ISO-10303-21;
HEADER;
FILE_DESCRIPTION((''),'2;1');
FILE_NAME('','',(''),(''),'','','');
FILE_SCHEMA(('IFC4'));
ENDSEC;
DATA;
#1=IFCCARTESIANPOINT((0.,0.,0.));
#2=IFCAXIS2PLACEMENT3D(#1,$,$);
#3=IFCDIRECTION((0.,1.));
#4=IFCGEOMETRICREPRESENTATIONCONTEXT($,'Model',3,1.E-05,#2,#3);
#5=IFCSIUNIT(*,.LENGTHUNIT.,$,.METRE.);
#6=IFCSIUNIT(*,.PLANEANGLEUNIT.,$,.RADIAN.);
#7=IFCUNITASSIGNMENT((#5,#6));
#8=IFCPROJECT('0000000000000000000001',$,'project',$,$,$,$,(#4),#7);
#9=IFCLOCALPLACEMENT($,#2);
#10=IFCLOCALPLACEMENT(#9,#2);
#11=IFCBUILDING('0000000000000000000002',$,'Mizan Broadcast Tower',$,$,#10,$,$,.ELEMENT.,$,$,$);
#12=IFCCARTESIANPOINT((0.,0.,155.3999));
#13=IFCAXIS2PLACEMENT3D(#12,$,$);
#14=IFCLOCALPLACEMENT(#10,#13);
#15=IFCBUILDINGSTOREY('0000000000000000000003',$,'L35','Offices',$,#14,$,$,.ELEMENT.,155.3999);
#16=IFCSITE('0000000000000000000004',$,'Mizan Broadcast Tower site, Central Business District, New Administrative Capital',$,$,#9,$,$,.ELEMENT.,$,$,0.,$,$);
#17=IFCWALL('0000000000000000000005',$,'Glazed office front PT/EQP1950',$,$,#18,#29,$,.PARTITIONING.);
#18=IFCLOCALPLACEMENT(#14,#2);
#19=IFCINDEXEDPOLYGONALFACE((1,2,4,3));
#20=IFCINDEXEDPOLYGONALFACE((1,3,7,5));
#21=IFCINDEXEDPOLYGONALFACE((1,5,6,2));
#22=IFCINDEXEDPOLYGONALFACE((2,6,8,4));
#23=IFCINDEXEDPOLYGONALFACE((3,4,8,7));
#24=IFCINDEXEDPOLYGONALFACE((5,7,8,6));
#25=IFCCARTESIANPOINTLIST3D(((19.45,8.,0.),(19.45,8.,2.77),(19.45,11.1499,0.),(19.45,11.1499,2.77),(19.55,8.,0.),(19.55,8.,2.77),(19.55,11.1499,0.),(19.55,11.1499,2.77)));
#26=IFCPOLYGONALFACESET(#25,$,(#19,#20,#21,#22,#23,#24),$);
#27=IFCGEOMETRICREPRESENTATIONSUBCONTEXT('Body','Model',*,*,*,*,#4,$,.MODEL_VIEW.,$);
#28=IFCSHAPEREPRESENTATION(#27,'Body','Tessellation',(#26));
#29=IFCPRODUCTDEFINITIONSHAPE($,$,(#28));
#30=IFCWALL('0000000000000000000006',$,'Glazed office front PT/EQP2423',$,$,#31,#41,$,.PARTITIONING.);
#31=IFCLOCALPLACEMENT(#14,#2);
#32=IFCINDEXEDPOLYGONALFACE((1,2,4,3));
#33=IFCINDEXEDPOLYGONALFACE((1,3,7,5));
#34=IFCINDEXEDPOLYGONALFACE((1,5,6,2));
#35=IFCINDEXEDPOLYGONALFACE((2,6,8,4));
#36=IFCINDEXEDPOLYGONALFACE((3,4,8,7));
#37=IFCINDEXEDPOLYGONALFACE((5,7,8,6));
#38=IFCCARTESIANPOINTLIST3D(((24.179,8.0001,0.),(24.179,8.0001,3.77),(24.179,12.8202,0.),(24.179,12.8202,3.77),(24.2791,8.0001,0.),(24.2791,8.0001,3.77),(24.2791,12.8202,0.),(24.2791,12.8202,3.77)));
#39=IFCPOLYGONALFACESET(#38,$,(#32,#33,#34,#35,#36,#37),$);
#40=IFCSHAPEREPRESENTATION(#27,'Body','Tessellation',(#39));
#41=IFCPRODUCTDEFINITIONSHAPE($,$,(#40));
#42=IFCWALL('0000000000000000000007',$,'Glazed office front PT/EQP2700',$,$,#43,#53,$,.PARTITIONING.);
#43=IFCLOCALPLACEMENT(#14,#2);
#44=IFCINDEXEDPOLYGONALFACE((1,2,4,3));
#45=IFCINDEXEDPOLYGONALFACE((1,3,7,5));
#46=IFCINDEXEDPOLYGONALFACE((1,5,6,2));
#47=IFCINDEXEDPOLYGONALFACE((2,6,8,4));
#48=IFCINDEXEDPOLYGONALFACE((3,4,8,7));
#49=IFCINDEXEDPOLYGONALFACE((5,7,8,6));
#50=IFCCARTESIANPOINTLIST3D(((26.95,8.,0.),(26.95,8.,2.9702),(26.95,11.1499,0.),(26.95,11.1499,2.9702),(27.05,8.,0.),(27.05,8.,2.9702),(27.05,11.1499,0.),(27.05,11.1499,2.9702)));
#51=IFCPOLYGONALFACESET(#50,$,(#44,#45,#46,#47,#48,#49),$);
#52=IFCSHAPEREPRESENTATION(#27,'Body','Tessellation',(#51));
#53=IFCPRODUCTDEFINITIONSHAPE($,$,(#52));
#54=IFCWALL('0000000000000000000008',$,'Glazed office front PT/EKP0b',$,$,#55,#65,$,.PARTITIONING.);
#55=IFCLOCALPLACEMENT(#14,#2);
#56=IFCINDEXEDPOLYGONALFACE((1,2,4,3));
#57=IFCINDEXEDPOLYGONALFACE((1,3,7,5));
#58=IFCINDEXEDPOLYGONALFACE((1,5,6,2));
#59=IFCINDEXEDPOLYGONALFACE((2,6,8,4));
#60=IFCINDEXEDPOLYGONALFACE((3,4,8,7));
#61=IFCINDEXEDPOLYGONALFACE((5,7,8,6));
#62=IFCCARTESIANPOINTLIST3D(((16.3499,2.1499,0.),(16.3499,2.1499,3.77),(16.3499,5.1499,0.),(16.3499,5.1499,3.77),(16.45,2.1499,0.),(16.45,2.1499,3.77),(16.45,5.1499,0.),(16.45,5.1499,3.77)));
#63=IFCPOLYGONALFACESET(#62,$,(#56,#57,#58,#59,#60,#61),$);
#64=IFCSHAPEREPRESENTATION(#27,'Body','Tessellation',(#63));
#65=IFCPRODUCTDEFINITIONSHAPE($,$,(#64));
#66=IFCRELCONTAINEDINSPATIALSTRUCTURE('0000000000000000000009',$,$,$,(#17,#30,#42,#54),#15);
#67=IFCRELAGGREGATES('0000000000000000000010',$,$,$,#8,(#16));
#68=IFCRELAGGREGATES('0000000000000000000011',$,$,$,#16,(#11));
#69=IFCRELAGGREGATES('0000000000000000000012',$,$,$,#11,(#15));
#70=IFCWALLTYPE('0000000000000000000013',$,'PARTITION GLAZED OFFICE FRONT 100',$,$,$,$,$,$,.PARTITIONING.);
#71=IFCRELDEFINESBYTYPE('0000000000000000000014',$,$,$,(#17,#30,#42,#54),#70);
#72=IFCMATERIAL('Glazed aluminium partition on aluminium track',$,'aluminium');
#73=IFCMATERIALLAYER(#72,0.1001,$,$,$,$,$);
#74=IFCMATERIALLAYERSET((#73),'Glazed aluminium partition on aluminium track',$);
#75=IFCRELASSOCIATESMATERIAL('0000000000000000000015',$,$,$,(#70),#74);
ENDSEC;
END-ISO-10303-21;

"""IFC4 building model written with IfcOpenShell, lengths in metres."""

from ifc_helpers import new_model, si_unit, direction, frame, frame_2d, origin, place, context, subcontext, project, spatial, rectangle, extrude, material, layer, layer_set, type_object, element, save


model = new_model("IFC4")

# Units and contexts
model_context = context("Model", 3, precision=1e-05, world=origin(), true_north=direction((0.0, 1.0)))
body_context = subcontext(model_context, "Body", "Model", "MODEL_VIEW")
ifc_project = project(units=[si_unit("LENGTHUNIT", "METRE"), si_unit("PLANEANGLEUNIT", "RADIAN")], contexts=[model_context])

# Site, building, storey
site_placement = place(None, origin())
site = spatial("IfcSite", under=ifc_project, at=site_placement, Name="Mizan Broadcast Tower site, Central Business District, New Administrative Capital", CompositionType="ELEMENT", RefElevation=0.0)
building_placement = place(site_placement, origin())
building = spatial("IfcBuilding", under=site, at=building_placement, Name="Mizan Broadcast Tower", CompositionType="ELEMENT")
storey_placement = place(building_placement, frame((0.0, 0.0, 155.3999)))
storey = spatial("IfcBuildingStorey", under=building, at=storey_placement, Name="L35", Description="Offices", CompositionType="ELEMENT", Elevation=155.3999)

# Shared definitions
ifc_material_1 = material(Name="Glazed aluminium partition on aluminium track", Category="aluminium")
ifc_layer_1 = layer(ifc_material_1, 0.1001)
ifc_layer_set_1 = layer_set([ifc_layer_1], Name="Glazed aluminium partition on aluminium track")
wall_type_1 = type_object("IfcWallType", Name="PARTITION GLAZED OFFICE FRONT 100", PredefinedType="PARTITIONING", material=ifc_layer_set_1)

# Walls
wall_1_placement = place(storey_placement, frame((19.5, 8.0, 0.0), z_axis=(0.0, 0.0, 1.0), x_axis=(0.0, 1.0, 0.0)))
element("IfcWall", 1, at=wall_1_placement, inside=storey, type_object=wall_type_1, Name="Glazed office front PT/EQP1950", PredefinedType="PARTITIONING", context=body_context, shape_type="SweptSolid", body=[
    extrude(rectangle(XDim=3.1499, YDim=0.1001, at=frame_2d((1.575, 0.0))), origin(), (0.0, 0.0, 1.0), 2.77),
])
wall_2_placement = place(storey_placement, frame((24.229, 8.0, 0.0), z_axis=(0.0, 0.0, 1.0), x_axis=(0.0, 1.0, 0.0)))
element("IfcWall", 2, at=wall_2_placement, inside=storey, type_object=wall_type_1, Name="Glazed office front PT/EQP2423", PredefinedType="PARTITIONING", context=body_context, shape_type="SweptSolid", body=[
    extrude(rectangle(XDim=4.8201, YDim=0.1001, at=frame_2d((2.4102, 0.0))), origin(), (0.0, 0.0, 1.0), 3.77),
])
wall_3_placement = place(storey_placement, frame((27.0, 8.0, 0.0), z_axis=(0.0, 0.0, 1.0), x_axis=(0.0, 1.0, 0.0)))
element("IfcWall", 3, at=wall_3_placement, inside=storey, type_object=wall_type_1, Name="Glazed office front PT/EQP2700", PredefinedType="PARTITIONING", context=body_context, shape_type="SweptSolid", body=[
    extrude(rectangle(XDim=3.1499, YDim=0.1001, at=frame_2d((1.575, 0.0))), origin(), (0.0, 0.0, 1.0), 2.9702),
])
wall_4_placement = place(storey_placement, frame((16.3999, 2.1499, 0.0), z_axis=(0.0, 0.0, 1.0), x_axis=(0.0, 1.0, 0.0)))
element("IfcWall", 4, at=wall_4_placement, inside=storey, type_object=wall_type_1, Name="Glazed office front PT/EKP0b", PredefinedType="PARTITIONING", context=body_context, shape_type="SweptSolid", body=[
    extrude(rectangle(XDim=3.0, YDim=0.1001, at=frame_2d((1.5, 0.0))), origin(), (0.0, 0.0, 1.0), 3.77),
])

save(model, "model.ifc")
